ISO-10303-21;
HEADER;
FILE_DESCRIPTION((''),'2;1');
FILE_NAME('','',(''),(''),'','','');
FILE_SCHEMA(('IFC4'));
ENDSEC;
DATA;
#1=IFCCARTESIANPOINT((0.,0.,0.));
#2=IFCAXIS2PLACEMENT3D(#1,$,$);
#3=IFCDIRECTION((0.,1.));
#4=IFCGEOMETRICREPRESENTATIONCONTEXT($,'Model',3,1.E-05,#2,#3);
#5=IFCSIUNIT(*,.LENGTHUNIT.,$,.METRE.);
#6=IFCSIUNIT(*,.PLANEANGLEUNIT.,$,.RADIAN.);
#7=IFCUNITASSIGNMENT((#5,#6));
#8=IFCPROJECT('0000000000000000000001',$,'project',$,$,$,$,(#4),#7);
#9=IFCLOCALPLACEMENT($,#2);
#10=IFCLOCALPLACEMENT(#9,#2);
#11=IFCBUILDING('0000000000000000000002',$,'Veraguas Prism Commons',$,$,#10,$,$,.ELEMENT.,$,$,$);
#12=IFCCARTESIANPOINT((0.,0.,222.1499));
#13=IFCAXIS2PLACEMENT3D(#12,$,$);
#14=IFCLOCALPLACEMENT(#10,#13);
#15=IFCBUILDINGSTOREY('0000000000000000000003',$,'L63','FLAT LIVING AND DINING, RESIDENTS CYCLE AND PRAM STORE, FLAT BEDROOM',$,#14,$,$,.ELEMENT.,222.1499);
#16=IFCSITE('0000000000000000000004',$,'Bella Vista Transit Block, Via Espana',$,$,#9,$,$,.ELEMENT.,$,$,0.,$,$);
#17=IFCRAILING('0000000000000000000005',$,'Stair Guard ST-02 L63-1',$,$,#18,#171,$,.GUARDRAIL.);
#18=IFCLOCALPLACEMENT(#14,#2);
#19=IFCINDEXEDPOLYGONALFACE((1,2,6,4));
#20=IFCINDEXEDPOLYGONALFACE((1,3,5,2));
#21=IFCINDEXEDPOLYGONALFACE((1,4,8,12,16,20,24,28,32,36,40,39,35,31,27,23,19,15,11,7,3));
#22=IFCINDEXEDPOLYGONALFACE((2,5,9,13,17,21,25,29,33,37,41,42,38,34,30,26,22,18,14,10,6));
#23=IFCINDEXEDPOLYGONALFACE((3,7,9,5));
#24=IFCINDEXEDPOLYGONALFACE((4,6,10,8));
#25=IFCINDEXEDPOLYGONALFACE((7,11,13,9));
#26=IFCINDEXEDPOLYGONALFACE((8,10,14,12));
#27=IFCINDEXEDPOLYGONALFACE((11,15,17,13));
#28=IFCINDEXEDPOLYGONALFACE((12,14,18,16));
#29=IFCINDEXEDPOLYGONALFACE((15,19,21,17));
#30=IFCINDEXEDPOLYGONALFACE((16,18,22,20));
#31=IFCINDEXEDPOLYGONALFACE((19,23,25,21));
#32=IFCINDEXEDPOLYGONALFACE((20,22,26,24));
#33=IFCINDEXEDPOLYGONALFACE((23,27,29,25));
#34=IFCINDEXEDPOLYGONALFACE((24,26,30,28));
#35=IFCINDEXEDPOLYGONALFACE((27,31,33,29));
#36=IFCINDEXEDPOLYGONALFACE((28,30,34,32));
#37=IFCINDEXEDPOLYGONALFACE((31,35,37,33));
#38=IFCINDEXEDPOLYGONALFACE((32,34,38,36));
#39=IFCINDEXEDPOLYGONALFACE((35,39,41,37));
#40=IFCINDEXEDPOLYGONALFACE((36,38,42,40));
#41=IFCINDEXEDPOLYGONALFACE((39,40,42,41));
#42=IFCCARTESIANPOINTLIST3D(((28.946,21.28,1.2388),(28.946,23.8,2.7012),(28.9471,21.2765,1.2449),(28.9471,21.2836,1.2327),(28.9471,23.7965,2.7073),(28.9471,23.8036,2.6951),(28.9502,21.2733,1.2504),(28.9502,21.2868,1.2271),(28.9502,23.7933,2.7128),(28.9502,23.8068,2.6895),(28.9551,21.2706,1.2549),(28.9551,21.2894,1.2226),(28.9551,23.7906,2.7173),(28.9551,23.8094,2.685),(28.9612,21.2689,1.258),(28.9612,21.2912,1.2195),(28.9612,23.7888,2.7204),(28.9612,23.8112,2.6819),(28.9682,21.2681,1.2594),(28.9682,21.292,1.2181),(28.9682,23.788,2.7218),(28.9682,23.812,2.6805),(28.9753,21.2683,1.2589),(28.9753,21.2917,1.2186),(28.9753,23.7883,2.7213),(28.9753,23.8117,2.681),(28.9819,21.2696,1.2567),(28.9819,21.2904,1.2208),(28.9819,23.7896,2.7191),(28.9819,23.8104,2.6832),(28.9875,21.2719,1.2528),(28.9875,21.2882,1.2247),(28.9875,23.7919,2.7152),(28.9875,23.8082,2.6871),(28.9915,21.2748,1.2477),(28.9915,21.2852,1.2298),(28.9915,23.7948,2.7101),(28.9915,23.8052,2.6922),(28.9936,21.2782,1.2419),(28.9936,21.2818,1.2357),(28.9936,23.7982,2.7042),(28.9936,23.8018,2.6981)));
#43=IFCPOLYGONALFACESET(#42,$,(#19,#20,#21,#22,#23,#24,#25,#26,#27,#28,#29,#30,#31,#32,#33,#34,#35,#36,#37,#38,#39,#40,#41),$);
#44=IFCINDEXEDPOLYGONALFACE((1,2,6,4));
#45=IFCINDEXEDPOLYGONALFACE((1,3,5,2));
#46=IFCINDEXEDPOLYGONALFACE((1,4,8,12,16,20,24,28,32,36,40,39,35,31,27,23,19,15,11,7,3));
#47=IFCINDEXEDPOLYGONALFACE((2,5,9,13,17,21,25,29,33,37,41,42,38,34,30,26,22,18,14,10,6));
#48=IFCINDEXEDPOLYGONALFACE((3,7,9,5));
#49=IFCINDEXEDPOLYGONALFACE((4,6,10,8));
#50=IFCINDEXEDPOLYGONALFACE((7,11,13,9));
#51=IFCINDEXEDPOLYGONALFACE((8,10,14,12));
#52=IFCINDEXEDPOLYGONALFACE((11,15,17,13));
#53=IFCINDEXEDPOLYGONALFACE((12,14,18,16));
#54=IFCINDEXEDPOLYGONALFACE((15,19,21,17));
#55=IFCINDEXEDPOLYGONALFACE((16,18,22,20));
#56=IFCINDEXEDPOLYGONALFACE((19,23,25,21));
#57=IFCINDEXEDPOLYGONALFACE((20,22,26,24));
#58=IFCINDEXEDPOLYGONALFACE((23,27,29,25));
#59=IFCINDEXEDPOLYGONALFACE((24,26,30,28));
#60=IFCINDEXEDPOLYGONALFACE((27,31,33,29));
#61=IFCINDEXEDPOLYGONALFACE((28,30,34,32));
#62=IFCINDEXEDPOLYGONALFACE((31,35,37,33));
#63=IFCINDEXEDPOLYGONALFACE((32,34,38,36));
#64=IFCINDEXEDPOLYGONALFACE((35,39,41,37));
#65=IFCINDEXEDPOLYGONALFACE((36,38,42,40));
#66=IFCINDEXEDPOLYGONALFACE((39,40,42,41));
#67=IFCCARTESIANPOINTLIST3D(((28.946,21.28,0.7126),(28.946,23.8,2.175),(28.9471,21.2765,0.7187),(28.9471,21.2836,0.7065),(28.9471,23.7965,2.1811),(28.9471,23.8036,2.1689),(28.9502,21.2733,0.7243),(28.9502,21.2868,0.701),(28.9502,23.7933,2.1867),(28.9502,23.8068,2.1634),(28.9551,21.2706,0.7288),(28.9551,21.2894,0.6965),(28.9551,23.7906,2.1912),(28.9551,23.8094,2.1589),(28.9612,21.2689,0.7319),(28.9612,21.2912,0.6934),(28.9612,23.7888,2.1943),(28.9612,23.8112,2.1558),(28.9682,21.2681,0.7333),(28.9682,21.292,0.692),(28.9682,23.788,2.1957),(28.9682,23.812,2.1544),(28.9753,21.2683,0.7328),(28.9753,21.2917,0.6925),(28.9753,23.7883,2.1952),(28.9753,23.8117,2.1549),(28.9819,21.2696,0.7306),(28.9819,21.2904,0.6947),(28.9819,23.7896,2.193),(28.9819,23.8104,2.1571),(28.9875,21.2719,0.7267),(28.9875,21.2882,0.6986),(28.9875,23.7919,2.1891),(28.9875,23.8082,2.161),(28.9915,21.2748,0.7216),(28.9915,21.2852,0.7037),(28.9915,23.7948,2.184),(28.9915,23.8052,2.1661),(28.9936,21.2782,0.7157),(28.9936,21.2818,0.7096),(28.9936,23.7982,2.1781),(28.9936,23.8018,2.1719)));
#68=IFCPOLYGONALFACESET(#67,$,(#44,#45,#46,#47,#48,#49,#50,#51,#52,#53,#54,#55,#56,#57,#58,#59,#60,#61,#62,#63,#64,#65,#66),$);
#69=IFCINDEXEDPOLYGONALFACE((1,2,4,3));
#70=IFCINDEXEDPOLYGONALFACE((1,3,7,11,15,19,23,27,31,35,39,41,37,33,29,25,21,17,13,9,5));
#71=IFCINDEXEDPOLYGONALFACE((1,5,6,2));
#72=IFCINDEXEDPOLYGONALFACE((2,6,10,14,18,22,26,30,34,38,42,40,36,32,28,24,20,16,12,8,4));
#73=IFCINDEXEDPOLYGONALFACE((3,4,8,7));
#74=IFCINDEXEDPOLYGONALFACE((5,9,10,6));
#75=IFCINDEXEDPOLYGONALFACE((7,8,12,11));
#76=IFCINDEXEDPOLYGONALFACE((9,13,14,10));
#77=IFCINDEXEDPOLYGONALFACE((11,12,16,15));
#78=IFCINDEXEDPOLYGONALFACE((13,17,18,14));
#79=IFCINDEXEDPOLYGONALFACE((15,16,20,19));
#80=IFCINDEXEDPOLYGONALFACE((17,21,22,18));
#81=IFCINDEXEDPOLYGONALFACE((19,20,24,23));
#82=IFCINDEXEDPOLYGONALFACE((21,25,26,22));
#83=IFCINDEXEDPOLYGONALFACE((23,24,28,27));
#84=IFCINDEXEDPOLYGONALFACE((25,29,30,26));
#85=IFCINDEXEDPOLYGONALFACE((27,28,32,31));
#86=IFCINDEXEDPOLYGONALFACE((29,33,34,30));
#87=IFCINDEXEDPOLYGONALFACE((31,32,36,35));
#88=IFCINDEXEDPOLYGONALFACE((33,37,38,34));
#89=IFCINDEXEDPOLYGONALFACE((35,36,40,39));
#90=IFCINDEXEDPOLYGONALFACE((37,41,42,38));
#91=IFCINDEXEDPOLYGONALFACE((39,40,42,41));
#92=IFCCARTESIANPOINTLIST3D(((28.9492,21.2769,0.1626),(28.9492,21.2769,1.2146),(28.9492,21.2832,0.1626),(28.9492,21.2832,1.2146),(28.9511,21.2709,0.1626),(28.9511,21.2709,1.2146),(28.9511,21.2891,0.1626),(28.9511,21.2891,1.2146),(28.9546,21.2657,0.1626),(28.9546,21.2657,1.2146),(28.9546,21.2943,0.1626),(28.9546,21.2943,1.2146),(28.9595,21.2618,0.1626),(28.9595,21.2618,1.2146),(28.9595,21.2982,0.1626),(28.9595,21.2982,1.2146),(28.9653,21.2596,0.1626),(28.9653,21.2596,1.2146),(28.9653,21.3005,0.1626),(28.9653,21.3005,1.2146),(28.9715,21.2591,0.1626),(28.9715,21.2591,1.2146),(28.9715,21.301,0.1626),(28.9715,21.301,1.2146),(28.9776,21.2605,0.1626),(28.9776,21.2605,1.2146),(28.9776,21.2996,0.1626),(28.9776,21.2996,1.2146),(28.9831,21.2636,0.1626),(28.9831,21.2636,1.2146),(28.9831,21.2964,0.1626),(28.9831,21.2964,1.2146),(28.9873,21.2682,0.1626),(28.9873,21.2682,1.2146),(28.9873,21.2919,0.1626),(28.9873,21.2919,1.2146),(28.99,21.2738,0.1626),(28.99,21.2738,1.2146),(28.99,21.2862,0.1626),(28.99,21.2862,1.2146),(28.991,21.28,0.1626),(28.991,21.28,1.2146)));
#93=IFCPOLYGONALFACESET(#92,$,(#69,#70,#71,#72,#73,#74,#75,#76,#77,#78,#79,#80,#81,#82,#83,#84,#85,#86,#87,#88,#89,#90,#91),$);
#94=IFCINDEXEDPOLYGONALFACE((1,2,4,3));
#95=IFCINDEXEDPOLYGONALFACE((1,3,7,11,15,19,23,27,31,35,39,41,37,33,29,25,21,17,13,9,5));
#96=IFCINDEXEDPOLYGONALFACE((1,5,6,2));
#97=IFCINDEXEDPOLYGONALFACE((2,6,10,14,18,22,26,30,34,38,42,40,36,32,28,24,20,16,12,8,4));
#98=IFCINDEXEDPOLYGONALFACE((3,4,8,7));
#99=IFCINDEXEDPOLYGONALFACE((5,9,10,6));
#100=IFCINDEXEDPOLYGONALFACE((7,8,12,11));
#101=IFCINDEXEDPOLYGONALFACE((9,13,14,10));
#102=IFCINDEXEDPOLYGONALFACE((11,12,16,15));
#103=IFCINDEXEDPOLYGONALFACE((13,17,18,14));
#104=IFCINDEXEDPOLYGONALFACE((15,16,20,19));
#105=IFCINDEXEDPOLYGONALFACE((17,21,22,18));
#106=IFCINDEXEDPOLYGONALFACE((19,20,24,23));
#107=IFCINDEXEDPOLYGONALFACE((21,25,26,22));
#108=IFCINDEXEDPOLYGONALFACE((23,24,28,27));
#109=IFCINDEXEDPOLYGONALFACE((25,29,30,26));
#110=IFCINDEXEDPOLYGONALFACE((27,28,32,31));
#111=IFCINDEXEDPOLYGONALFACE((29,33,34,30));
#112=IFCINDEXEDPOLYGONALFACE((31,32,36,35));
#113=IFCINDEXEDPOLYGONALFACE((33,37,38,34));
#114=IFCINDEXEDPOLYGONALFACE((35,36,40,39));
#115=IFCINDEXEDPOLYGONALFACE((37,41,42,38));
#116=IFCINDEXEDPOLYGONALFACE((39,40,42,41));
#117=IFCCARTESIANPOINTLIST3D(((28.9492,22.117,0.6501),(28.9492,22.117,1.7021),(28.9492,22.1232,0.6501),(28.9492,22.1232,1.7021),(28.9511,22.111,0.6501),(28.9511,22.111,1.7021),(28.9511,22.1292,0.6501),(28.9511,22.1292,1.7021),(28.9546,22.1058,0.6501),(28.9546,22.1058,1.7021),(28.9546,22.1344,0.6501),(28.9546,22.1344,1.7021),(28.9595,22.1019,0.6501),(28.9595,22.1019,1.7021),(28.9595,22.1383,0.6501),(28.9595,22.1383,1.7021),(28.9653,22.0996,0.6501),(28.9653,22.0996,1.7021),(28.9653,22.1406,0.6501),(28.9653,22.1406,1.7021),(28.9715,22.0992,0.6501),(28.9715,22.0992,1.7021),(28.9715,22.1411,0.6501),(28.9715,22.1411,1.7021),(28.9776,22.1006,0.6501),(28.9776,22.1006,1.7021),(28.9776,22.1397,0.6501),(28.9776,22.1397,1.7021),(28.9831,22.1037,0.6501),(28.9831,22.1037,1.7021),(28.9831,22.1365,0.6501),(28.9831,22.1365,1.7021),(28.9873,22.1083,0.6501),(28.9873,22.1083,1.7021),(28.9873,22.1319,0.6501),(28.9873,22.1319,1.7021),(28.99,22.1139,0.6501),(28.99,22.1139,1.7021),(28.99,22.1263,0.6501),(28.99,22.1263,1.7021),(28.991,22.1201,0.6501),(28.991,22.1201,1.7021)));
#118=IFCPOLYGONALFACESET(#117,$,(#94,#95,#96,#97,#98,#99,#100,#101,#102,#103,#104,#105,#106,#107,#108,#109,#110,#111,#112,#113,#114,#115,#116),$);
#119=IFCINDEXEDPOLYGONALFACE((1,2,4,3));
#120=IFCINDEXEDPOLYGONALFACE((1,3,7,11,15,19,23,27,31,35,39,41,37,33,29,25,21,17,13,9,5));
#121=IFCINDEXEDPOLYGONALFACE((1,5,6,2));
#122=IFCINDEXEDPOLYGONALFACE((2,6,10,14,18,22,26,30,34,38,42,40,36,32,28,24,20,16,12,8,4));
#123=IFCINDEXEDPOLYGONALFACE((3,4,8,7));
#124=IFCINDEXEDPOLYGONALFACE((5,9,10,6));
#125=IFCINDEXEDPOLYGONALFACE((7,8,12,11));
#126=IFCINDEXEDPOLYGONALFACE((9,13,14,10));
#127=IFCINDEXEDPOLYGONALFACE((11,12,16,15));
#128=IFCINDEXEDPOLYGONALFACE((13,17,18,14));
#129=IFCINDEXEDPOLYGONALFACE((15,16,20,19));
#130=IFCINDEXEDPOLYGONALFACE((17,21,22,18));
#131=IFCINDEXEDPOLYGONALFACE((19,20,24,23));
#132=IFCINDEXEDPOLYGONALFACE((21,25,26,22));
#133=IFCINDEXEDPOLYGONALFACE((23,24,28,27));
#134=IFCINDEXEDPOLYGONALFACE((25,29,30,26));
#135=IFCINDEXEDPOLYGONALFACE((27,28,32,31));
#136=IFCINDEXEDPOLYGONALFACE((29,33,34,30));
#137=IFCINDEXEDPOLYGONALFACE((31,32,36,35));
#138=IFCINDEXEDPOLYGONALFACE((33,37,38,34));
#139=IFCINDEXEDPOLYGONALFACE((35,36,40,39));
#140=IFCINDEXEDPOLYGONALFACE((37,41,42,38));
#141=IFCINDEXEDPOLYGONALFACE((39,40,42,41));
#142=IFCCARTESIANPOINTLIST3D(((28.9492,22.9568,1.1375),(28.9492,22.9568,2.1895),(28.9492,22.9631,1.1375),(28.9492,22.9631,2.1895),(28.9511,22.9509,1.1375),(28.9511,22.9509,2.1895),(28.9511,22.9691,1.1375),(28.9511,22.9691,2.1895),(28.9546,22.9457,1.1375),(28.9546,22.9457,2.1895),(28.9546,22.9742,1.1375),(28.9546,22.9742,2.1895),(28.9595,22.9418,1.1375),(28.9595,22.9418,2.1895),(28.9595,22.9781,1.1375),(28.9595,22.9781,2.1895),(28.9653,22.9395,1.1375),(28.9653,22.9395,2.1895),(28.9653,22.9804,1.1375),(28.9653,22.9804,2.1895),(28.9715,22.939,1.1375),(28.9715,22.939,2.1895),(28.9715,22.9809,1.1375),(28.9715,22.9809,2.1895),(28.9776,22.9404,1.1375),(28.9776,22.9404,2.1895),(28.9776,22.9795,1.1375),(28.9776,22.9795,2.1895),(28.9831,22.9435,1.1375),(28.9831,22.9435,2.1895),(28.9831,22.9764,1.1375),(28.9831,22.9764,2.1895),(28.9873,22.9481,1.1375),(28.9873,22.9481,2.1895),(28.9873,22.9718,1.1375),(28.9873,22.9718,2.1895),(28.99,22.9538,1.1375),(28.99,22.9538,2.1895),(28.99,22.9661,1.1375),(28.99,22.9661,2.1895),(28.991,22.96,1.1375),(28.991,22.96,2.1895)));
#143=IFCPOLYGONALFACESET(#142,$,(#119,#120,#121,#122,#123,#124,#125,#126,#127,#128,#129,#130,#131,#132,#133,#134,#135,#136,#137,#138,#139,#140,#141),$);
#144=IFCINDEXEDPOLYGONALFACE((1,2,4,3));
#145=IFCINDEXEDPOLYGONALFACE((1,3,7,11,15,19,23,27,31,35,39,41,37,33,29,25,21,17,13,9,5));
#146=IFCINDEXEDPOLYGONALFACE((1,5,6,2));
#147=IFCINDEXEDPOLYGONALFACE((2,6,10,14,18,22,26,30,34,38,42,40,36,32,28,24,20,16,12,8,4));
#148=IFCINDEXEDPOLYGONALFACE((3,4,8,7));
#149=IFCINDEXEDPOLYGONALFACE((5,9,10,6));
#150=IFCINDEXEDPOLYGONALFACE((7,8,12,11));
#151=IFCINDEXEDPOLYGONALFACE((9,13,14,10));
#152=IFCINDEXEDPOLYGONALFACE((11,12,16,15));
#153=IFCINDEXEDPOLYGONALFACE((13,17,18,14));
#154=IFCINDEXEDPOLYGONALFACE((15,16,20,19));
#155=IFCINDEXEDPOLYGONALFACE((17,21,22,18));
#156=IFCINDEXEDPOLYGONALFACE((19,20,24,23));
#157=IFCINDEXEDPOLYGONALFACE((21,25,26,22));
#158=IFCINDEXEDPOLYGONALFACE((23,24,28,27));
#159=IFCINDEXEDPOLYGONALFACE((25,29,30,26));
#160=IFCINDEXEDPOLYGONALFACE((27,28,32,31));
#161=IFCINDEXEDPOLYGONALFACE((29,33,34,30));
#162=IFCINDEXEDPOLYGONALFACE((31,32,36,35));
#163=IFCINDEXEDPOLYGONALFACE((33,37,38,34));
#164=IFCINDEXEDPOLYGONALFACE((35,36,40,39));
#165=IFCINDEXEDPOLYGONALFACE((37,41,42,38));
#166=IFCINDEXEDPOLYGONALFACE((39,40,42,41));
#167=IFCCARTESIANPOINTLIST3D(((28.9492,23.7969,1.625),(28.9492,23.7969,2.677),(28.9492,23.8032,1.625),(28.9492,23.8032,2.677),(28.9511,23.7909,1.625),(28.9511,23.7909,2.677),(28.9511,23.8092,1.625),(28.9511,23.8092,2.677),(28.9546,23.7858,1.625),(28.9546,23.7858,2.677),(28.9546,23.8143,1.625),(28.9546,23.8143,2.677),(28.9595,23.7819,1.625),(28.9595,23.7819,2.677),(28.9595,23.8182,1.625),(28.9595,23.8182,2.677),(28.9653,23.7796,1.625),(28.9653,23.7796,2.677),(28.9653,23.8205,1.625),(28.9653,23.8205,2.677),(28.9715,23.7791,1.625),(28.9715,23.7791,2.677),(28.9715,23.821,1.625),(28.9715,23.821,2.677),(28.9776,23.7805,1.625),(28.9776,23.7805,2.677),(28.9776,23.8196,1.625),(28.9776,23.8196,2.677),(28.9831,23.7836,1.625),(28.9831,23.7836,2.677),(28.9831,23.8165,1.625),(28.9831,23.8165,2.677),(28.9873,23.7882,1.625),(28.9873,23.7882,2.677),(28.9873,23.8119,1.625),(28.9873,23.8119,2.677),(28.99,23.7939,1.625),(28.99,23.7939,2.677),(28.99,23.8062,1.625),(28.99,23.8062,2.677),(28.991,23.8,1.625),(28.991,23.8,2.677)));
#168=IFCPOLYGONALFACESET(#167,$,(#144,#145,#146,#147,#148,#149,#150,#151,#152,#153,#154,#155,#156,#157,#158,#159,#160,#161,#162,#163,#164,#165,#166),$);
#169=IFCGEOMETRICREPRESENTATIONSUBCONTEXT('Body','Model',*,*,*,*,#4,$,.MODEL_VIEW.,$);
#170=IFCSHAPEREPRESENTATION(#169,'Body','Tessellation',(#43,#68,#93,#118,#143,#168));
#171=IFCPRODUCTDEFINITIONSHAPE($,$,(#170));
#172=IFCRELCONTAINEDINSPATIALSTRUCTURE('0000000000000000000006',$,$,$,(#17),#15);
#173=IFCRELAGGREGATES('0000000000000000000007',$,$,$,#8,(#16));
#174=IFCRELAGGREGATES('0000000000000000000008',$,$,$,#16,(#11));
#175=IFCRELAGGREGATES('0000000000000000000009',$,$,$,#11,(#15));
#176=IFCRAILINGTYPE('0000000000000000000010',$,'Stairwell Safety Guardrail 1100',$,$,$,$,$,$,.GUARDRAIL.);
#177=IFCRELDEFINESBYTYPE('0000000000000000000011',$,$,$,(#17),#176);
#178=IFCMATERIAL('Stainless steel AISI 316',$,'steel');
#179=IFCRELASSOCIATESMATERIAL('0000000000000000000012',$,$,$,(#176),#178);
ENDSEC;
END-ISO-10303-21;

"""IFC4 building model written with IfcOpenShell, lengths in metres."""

from ifc_helpers import new_model, si_unit, direction, frame, origin, origin_2d, place, context, subcontext, project, spatial, circle, extrude, material, type_object, element, save


model = new_model("IFC4")

# Units and contexts
model_context = context("Model", 3, precision=1e-05, world=origin(), true_north=direction((0.0, 1.0)))
body_context = subcontext(model_context, "Body", "Model", "MODEL_VIEW")
ifc_project = project(units=[si_unit("LENGTHUNIT", "METRE"), si_unit("PLANEANGLEUNIT", "RADIAN")], contexts=[model_context])

# Site, building, storey
site_placement = place(None, origin())
site = spatial("IfcSite", under=ifc_project, at=site_placement, Name="Bella Vista Transit Block, Via Espana", CompositionType="ELEMENT", RefElevation=0.0)
building_placement = place(site_placement, origin())
building = spatial("IfcBuilding", under=site, at=building_placement, Name="Veraguas Prism Commons", CompositionType="ELEMENT")
storey_placement = place(building_placement, frame((0.0, 0.0, 222.1499)))
storey = spatial("IfcBuildingStorey", under=building, at=storey_placement, Name="L63", Description="FLAT LIVING AND DINING, RESIDENTS CYCLE AND PRAM STORE, FLAT BEDROOM", CompositionType="ELEMENT", Elevation=222.1499)

# Shared definitions
ifc_material_1 = material(Name="Stainless steel AISI 316", Category="steel")

# Railing
railing_type_1 = type_object("IfcRailingType", Name="Stairwell Safety Guardrail 1100", PredefinedType="GUARDRAIL", material=ifc_material_1)
railing_1_placement = place(storey_placement, frame((28.97, 21.28, 0.1626)))
element("IfcRailing", 1, at=railing_1_placement, inside=storey, type_object=railing_type_1, Name="Stair Guard ST-02 L63-1", PredefinedType="GUARDRAIL", context=body_context, shape_type="SweptSolid", body=[
    extrude(circle(Radius=0.0239, at=origin_2d()), frame((0.0, 0.0, 1.0762), z_axis=(0.0, 0.864913, 0.501921), x_axis=(-1.0, 0.0, 0.0)), (0.0, 0.0, 1.0), 2.9136),
    extrude(circle(Radius=0.0239, at=origin_2d()), frame((0.0, 0.0, 0.55), z_axis=(0.0, 0.864913, 0.501921), x_axis=(-1.0, 0.0, 0.0)), (0.0, 0.0, 1.0), 2.9136),
    extrude(circle(Radius=0.021, at=origin_2d()), origin(), (0.0, 0.0, 1.0), 1.052),
    extrude(circle(Radius=0.021, at=origin_2d()), frame((0.0, 0.8401, 0.4875)), (0.0, 0.0, 1.0), 1.052),
    extrude(circle(Radius=0.021, at=origin_2d()), frame((0.0, 1.6799, 0.9749)), (0.0, 0.0, 1.0), 1.052),
    extrude(circle(Radius=0.021, at=origin_2d()), frame((0.0, 2.52, 1.4624)), (0.0, 0.0, 1.0), 1.052),
])

save(model, "model.ifc")
